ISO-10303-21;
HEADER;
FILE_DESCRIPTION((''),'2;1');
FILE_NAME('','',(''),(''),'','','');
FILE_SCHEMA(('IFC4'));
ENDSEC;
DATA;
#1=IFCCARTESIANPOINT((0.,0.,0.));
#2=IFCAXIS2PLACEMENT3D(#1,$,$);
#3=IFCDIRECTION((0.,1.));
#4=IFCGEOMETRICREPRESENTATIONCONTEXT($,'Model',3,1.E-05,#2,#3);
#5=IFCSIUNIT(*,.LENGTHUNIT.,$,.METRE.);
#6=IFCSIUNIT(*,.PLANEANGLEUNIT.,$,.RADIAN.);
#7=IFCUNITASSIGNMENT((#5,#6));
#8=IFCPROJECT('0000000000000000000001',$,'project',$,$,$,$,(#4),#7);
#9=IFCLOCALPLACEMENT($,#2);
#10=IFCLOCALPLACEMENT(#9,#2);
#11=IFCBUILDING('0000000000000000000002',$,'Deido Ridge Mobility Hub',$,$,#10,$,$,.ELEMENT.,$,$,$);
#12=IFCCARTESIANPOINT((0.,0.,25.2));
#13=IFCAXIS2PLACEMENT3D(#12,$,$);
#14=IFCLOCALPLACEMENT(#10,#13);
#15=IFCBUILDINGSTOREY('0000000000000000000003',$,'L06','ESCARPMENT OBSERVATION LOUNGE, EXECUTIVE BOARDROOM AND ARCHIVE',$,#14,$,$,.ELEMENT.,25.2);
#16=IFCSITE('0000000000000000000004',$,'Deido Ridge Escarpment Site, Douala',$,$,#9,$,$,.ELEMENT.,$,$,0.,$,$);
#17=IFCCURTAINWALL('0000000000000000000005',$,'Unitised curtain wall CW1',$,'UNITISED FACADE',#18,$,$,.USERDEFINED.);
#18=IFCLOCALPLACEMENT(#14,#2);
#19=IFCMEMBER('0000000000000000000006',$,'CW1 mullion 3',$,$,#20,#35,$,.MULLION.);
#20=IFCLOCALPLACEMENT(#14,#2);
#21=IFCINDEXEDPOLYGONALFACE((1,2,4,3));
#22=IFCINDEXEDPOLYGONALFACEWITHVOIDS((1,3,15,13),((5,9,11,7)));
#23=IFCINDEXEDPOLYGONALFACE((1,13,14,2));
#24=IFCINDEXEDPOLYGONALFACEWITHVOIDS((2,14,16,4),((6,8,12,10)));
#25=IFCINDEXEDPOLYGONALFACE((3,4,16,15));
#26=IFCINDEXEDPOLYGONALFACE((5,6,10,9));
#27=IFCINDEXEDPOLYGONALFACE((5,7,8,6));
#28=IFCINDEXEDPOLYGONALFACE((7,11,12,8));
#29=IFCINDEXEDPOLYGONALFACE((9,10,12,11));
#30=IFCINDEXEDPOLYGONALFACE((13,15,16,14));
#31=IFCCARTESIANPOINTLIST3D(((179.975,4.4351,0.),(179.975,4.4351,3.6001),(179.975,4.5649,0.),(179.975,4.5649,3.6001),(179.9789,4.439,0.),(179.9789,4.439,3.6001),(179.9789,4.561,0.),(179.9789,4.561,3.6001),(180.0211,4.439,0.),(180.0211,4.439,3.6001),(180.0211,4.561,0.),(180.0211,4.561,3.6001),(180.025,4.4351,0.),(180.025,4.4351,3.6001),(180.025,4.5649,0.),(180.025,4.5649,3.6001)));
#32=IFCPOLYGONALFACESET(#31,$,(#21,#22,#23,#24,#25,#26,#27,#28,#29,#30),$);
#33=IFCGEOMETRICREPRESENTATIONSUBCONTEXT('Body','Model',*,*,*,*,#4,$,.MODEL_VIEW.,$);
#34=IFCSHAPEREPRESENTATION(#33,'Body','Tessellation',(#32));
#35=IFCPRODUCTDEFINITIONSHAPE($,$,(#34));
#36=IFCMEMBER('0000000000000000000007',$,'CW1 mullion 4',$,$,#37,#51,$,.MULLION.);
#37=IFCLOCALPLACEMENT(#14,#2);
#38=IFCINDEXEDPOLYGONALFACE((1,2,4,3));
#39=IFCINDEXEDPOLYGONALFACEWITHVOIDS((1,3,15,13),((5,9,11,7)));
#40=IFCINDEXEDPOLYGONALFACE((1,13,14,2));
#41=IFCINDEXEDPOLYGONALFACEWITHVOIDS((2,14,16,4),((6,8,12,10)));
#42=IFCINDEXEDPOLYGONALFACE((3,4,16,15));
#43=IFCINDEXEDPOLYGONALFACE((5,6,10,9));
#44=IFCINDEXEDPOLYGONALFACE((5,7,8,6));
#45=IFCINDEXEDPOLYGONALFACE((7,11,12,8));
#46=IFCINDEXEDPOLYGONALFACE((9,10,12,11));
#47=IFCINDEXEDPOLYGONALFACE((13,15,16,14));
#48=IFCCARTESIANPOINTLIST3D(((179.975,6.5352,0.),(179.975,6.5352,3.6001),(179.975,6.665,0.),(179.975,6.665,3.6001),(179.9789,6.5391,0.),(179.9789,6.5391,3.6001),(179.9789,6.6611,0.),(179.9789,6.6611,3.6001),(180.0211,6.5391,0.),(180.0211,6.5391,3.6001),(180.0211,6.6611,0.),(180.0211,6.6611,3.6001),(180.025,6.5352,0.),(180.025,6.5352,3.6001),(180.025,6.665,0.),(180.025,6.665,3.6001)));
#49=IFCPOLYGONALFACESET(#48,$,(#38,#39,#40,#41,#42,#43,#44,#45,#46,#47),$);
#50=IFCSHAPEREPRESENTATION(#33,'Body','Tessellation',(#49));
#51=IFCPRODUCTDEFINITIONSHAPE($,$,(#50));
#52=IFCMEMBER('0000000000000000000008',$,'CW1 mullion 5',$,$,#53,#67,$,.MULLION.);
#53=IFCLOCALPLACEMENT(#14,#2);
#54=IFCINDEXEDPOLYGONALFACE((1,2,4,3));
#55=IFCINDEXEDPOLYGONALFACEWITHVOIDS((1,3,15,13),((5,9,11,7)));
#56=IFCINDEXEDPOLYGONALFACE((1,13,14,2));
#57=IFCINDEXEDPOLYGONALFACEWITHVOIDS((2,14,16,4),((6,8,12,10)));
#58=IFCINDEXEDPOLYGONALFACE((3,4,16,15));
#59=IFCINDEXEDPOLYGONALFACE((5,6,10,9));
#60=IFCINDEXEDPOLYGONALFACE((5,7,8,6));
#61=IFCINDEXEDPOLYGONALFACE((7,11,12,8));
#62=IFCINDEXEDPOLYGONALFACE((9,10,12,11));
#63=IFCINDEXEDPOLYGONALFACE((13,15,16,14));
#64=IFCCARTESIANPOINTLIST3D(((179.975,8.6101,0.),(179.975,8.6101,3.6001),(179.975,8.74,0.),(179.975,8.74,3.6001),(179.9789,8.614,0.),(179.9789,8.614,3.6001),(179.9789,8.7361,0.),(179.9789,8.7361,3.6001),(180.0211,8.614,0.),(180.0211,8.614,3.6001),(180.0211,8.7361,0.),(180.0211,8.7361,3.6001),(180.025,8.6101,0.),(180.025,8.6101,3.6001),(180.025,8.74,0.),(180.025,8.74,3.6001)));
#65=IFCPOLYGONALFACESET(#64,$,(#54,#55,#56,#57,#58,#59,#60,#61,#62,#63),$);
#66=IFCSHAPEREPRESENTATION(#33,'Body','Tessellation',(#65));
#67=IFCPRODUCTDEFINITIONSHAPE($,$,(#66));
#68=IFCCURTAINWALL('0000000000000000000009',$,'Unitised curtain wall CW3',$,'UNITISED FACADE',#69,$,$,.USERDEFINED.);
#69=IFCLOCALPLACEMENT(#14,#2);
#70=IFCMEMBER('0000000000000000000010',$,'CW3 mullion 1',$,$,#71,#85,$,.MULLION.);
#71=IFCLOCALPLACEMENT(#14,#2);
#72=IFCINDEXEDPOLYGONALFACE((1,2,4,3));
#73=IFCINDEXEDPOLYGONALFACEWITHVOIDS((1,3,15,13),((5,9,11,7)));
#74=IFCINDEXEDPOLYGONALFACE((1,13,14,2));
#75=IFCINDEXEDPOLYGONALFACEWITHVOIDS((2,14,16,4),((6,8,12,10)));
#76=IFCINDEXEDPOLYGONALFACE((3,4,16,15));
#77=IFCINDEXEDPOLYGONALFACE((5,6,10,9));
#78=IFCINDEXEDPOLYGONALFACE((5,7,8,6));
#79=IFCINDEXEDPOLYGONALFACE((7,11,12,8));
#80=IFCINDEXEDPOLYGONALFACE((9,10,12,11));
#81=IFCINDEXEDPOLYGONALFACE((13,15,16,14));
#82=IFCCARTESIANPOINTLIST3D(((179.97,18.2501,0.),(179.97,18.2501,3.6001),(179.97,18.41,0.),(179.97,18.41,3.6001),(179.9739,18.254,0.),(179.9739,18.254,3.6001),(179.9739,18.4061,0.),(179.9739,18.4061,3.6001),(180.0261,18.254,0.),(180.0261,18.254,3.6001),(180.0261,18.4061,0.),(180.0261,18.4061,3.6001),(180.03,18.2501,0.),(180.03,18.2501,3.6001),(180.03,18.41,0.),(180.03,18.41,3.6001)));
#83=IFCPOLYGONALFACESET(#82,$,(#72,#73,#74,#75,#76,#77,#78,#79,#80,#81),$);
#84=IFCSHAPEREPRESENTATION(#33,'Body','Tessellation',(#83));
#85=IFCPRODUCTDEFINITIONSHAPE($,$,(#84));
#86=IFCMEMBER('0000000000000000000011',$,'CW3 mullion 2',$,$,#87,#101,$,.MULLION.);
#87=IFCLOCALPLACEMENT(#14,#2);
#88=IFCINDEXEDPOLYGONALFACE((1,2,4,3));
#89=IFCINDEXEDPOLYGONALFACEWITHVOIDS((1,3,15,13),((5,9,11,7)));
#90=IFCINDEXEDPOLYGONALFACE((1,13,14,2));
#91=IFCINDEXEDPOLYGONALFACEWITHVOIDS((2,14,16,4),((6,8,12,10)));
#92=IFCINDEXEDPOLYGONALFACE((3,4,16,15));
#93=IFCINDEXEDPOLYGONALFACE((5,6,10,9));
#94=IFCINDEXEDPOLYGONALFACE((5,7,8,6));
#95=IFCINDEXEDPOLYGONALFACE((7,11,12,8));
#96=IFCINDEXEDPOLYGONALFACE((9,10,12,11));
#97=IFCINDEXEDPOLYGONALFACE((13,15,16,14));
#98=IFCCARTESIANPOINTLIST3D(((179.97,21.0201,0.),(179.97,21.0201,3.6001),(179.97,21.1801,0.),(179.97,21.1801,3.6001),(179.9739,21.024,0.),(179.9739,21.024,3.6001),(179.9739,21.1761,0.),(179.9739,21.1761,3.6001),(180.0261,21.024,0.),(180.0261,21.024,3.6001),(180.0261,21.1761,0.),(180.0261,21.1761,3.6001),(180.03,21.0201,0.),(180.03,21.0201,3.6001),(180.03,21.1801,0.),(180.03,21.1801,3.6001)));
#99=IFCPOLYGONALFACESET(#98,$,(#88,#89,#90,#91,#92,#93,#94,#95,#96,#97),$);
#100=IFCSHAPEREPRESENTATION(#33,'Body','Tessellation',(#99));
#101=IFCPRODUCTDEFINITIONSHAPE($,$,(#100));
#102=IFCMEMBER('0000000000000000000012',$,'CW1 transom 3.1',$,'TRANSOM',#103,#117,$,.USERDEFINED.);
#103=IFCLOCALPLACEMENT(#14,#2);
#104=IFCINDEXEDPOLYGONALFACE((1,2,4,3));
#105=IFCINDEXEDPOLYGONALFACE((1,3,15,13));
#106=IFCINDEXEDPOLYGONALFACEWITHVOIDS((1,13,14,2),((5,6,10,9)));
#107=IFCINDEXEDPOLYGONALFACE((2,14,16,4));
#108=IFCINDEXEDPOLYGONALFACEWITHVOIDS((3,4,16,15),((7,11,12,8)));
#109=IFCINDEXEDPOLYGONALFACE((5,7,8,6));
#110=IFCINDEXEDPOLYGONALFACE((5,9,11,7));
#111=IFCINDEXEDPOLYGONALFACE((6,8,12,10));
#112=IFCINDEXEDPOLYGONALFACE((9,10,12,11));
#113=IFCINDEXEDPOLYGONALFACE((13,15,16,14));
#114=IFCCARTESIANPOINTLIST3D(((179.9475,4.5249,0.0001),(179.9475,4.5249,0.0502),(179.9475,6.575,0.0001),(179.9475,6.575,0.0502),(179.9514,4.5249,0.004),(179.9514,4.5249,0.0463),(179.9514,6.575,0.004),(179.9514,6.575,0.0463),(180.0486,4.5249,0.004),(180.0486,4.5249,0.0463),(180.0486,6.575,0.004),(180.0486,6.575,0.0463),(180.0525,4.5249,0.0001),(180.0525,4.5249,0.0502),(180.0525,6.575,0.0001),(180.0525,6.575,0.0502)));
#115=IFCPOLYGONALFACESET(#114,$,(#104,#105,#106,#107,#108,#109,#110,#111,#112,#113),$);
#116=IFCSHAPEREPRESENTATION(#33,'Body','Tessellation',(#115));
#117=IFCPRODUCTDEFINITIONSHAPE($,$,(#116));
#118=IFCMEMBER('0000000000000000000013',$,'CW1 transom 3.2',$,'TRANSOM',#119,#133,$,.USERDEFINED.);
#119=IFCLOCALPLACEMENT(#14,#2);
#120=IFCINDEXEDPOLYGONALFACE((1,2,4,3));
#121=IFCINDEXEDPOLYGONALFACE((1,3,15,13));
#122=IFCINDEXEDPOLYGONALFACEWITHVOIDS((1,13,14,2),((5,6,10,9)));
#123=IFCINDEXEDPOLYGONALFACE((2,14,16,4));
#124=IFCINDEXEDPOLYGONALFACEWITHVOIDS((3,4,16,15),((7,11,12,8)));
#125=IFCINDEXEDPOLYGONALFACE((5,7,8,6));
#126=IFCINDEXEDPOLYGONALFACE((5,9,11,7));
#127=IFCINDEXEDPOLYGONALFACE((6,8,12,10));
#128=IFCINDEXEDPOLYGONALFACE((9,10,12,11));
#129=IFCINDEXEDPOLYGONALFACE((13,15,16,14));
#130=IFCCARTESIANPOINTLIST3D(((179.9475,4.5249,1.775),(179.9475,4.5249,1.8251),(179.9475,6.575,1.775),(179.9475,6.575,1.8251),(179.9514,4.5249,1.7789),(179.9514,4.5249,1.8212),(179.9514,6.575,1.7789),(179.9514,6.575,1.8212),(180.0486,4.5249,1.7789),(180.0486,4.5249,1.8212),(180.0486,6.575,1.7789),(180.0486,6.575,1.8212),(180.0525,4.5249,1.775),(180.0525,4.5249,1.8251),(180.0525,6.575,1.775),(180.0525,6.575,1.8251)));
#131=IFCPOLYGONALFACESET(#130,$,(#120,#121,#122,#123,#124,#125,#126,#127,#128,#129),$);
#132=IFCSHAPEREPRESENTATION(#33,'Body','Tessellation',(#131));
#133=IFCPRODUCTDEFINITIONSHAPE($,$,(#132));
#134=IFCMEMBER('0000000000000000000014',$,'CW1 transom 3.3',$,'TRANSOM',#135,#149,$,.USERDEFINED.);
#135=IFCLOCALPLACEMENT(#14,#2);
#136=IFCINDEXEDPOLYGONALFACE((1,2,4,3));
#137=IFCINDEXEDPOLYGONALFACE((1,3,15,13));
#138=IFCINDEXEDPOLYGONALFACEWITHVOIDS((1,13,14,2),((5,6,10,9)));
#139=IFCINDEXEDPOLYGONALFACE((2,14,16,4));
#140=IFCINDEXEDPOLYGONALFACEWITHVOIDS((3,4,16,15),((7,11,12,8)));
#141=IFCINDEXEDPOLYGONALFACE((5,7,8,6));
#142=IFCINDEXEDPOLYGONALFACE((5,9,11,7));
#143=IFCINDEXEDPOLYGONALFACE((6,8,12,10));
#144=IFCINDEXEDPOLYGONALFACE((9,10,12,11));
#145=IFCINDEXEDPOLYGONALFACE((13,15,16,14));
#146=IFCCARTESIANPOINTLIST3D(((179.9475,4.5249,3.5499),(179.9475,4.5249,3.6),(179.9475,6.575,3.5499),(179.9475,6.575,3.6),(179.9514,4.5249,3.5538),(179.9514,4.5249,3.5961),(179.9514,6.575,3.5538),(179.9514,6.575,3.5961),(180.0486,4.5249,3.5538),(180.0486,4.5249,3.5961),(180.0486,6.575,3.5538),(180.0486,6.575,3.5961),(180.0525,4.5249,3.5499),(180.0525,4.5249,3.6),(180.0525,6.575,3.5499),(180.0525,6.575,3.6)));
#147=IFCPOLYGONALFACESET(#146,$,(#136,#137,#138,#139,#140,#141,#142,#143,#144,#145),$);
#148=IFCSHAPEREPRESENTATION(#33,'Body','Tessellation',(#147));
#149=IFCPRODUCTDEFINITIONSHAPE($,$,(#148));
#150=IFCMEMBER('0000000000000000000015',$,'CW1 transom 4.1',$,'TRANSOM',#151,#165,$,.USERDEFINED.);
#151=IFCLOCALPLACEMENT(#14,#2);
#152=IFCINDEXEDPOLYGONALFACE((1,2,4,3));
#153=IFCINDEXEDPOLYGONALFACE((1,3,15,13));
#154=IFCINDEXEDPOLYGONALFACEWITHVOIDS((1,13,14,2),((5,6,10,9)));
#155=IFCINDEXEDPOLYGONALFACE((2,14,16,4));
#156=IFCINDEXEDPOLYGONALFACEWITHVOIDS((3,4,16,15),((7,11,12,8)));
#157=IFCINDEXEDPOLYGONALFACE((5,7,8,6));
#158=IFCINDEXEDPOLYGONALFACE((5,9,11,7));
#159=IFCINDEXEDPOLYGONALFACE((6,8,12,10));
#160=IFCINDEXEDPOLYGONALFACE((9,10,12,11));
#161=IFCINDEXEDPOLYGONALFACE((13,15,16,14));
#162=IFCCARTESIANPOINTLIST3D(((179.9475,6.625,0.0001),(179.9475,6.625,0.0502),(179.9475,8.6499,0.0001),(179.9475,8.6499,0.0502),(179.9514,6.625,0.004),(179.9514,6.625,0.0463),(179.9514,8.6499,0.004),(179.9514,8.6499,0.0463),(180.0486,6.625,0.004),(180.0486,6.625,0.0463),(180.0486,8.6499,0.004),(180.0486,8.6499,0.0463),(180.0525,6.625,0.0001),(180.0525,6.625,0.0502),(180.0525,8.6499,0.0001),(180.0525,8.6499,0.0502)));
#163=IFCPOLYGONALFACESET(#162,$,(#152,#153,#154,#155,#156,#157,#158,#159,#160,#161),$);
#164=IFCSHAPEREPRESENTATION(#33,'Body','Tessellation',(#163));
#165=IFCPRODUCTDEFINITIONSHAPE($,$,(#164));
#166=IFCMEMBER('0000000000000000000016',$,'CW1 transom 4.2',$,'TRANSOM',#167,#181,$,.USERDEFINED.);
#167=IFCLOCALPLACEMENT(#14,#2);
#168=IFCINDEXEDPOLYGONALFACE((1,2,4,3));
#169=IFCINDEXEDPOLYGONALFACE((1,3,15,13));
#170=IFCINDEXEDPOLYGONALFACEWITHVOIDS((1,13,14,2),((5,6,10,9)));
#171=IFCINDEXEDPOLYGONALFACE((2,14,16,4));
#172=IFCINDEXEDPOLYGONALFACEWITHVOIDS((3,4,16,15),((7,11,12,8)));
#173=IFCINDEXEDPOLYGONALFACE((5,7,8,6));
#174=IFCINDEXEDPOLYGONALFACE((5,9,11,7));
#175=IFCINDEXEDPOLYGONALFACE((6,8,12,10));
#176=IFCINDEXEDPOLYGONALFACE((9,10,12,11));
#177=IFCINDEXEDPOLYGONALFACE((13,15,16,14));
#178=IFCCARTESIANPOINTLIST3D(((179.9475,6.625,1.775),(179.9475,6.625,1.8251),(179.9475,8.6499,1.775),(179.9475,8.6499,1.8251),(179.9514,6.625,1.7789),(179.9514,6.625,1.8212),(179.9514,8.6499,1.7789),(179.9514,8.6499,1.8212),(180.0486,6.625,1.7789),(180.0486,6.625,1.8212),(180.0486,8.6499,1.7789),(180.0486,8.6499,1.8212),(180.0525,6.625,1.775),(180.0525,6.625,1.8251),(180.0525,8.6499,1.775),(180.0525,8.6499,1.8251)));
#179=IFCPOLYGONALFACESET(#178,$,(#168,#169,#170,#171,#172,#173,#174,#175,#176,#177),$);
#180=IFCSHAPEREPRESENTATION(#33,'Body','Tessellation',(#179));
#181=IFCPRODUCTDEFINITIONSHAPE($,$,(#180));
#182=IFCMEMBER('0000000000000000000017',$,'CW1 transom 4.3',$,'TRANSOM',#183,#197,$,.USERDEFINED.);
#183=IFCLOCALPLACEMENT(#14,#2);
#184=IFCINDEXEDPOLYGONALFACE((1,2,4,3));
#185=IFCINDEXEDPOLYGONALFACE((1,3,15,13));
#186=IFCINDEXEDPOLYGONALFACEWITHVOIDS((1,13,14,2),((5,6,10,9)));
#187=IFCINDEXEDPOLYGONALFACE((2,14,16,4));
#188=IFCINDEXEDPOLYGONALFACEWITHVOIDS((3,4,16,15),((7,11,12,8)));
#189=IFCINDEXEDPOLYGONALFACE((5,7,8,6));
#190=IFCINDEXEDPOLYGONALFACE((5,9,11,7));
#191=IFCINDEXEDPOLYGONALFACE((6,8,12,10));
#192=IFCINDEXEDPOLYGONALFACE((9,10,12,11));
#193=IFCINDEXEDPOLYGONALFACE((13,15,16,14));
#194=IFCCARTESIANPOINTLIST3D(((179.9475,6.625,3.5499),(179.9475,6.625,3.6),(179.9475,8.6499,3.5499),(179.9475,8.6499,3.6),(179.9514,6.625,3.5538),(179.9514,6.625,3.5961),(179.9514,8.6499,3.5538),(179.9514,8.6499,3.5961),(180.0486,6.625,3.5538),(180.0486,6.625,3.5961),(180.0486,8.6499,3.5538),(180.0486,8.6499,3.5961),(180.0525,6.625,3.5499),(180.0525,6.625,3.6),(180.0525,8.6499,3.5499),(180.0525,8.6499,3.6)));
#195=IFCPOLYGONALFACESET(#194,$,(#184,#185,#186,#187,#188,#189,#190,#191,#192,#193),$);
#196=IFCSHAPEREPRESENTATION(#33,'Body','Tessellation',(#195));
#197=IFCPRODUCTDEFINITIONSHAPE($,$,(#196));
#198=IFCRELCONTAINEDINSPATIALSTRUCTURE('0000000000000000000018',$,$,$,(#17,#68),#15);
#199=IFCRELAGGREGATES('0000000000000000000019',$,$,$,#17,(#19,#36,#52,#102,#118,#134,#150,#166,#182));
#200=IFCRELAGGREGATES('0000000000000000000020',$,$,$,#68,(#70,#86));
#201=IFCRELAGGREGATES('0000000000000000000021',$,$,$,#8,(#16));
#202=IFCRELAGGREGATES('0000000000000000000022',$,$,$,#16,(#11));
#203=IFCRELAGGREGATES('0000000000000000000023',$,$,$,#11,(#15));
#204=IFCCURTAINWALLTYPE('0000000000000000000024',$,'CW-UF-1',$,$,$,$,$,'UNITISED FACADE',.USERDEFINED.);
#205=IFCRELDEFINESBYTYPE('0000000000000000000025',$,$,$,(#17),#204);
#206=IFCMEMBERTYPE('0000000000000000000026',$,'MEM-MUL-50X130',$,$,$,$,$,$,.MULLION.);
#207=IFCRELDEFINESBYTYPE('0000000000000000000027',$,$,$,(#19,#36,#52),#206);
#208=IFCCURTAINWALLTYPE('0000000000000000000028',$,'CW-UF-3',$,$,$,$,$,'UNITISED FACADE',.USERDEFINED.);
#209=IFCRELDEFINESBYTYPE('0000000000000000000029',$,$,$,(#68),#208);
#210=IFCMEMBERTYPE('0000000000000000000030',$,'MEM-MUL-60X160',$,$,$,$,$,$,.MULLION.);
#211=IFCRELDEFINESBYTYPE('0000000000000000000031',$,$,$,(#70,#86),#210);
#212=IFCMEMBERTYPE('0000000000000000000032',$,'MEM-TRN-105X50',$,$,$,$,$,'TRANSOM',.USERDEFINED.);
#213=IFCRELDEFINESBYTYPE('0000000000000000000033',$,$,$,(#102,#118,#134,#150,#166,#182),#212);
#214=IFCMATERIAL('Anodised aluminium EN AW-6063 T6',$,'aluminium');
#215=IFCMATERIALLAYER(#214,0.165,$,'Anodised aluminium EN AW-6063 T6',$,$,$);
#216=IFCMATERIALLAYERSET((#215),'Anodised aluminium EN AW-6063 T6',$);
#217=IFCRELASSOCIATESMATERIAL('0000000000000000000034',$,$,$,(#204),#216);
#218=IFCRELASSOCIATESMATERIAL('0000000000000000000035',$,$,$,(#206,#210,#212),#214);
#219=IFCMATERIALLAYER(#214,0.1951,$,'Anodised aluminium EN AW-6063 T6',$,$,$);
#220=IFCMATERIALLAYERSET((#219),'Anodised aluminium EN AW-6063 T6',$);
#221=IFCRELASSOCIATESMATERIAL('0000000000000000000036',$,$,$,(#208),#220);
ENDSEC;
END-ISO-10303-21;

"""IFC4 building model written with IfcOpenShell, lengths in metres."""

from ifc_helpers import new_model, si_unit, direction, frame, origin, origin_2d, place, context, subcontext, project, spatial, hollow_rectangle, extrude, material, layer, layer_set, material_profile, profile_set, type_object, element, aggregate, save


model = new_model("IFC4")

# Units and contexts
model_context = context("Model", 3, precision=1e-05, world=origin(), true_north=direction((0.0, 1.0)))
body_context = subcontext(model_context, "Body", "Model", "MODEL_VIEW")
ifc_project = project(units=[si_unit("LENGTHUNIT", "METRE"), si_unit("PLANEANGLEUNIT", "RADIAN")], contexts=[model_context])

# Site, building, storey
site_placement = place(None, origin())
site = spatial("IfcSite", under=ifc_project, at=site_placement, Name="Deido Ridge Escarpment Site, Douala", CompositionType="ELEMENT", RefElevation=0.0)
building_placement = place(site_placement, origin())
building = spatial("IfcBuilding", under=site, at=building_placement, Name="Deido Ridge Mobility Hub", CompositionType="ELEMENT")
storey_placement = place(building_placement, frame((0.0, 0.0, 25.2)))
storey = spatial("IfcBuildingStorey", under=building, at=storey_placement, Name="L06", Description="ESCARPMENT OBSERVATION LOUNGE, EXECUTIVE BOARDROOM AND ARCHIVE", CompositionType="ELEMENT", Elevation=25.2)

# Curtain walls, members
ifc_material_1 = material(Name="Anodised aluminium EN AW-6063 T6", Category="aluminium")
ifc_layer_1 = layer(ifc_material_1, 0.165, Name="Anodised aluminium EN AW-6063 T6")
ifc_layer_set_1 = layer_set([ifc_layer_1], Name="Anodised aluminium EN AW-6063 T6")
curtain_wall_type_1 = type_object("IfcCurtainWallType", Name="CW-UF-1", ElementType="UNITISED FACADE", PredefinedType="USERDEFINED", material=ifc_layer_set_1)
curtain_wall_1_placement = place(storey_placement, origin())
curtain_wall_1 = element("IfcCurtainWall", 1, at=curtain_wall_1_placement, inside=storey, type_object=curtain_wall_type_1, Name="Unitised curtain wall CW1", ObjectType="UNITISED FACADE", PredefinedType="USERDEFINED")
ifc_material_profile_1 = material_profile(ifc_material_1, hollow_rectangle(XDim=0.05, YDim=0.1299, WallThickness=0.0039, at=origin_2d()), Name="RHS 50x130x4")
ifc_profile_set_1 = profile_set([ifc_material_profile_1], Name="Anodised aluminium EN AW-6063 T6")
member_type_1 = type_object("IfcMemberType", Name="MEM-MUL-50X130", PredefinedType="MULLION", material=ifc_profile_set_1)
member_1_placement = place(storey_placement, frame((180.0, 4.5, 0.0), z_axis=(0.0, 0.0, 1.0), x_axis=(-1.0, 0.0, 0.0)))
member_1 = element("IfcMember", 2, at=member_1_placement, type_object=member_type_1, Name="CW1 mullion 3", PredefinedType="MULLION", context=body_context, shape_type="SweptSolid", body=[
    extrude(hollow_rectangle(XDim=0.05, YDim=0.1299, WallThickness=0.0039, at=origin_2d()), origin(), (0.0, 0.0, 1.0), 3.6001),
])
member_2_placement = place(storey_placement, frame((180.0, 6.6001, 0.0), z_axis=(0.0, 0.0, 1.0), x_axis=(-1.0, 0.0, 0.0)))
member_2 = element("IfcMember", 3, at=member_2_placement, type_object=member_type_1, Name="CW1 mullion 4", PredefinedType="MULLION", context=body_context, shape_type="SweptSolid", body=[
    extrude(hollow_rectangle(XDim=0.05, YDim=0.1299, WallThickness=0.0039, at=origin_2d()), origin(), (0.0, 0.0, 1.0), 3.6001),
])
member_3_placement = place(storey_placement, frame((180.0, 8.675, 0.0), z_axis=(0.0, 0.0, 1.0), x_axis=(-1.0, 0.0, 0.0)))
member_3 = element("IfcMember", 4, at=member_3_placement, type_object=member_type_1, Name="CW1 mullion 5", PredefinedType="MULLION", context=body_context, shape_type="SweptSolid", body=[
    extrude(hollow_rectangle(XDim=0.05, YDim=0.1299, WallThickness=0.0039, at=origin_2d()), origin(), (0.0, 0.0, 1.0), 3.6001),
])
ifc_layer_2 = layer(ifc_material_1, 0.1951, Name="Anodised aluminium EN AW-6063 T6")
ifc_layer_set_2 = layer_set([ifc_layer_2], Name="Anodised aluminium EN AW-6063 T6")
curtain_wall_type_2 = type_object("IfcCurtainWallType", Name="CW-UF-3", ElementType="UNITISED FACADE", PredefinedType="USERDEFINED", material=ifc_layer_set_2)
curtain_wall_2_placement = place(storey_placement, origin())
curtain_wall_2 = element("IfcCurtainWall", 5, at=curtain_wall_2_placement, inside=storey, type_object=curtain_wall_type_2, Name="Unitised curtain wall CW3", ObjectType="UNITISED FACADE", PredefinedType="USERDEFINED")
ifc_material_profile_2 = material_profile(ifc_material_1, hollow_rectangle(XDim=0.0601, YDim=0.1599, WallThickness=0.0039, at=origin_2d()), Name="RHS 60x160x4")
ifc_profile_set_2 = profile_set([ifc_material_profile_2], Name="Anodised aluminium EN AW-6063 T6")
member_type_2 = type_object("IfcMemberType", Name="MEM-MUL-60X160", PredefinedType="MULLION", material=ifc_profile_set_2)
member_4_placement = place(storey_placement, frame((180.0, 18.3301, 0.0), z_axis=(0.0, 0.0, 1.0), x_axis=(-1.0, 0.0, 0.0)))
member_4 = element("IfcMember", 6, at=member_4_placement, type_object=member_type_2, Name="CW3 mullion 1", PredefinedType="MULLION", context=body_context, shape_type="SweptSolid", body=[
    extrude(hollow_rectangle(XDim=0.0601, YDim=0.1599, WallThickness=0.0039, at=origin_2d()), origin(), (0.0, 0.0, 1.0), 3.6001),
])
member_5_placement = place(storey_placement, frame((180.0, 21.1001, 0.0), z_axis=(0.0, 0.0, 1.0), x_axis=(-1.0, 0.0, 0.0)))
member_5 = element("IfcMember", 7, at=member_5_placement, type_object=member_type_2, Name="CW3 mullion 2", PredefinedType="MULLION", context=body_context, shape_type="SweptSolid", body=[
    extrude(hollow_rectangle(XDim=0.0601, YDim=0.1599, WallThickness=0.0039, at=origin_2d()), origin(), (0.0, 0.0, 1.0), 3.6001),
])

# Members
ifc_material_profile_3 = material_profile(ifc_material_1, hollow_rectangle(XDim=0.105, YDim=0.05, WallThickness=0.0039, at=origin_2d()), Name="RHS 105x50x4")
ifc_profile_set_3 = profile_set([ifc_material_profile_3], Name="Anodised aluminium EN AW-6063 T6")
member_type_3 = type_object("IfcMemberType", Name="MEM-TRN-105X50", ElementType="TRANSOM", PredefinedType="USERDEFINED", material=ifc_profile_set_3)
member_6_placement = place(storey_placement, frame((180.0, 4.5249, 0.0251), z_axis=(0.0, 1.0, 0.0), x_axis=(-1.0, 0.0, 0.0)))
member_6 = element("IfcMember", 8, at=member_6_placement, type_object=member_type_3, Name="CW1 transom 3.1", ObjectType="TRANSOM", PredefinedType="USERDEFINED", context=body_context, shape_type="SweptSolid", body=[
    extrude(hollow_rectangle(XDim=0.105, YDim=0.05, WallThickness=0.0039, at=origin_2d()), origin(), (0.0, 0.0, 1.0), 2.05),
])
member_7_placement = place(storey_placement, frame((180.0, 4.5249, 1.8), z_axis=(0.0, 1.0, 0.0), x_axis=(-1.0, 0.0, 0.0)))
member_7 = element("IfcMember", 9, at=member_7_placement, type_object=member_type_3, Name="CW1 transom 3.2", ObjectType="TRANSOM", PredefinedType="USERDEFINED", context=body_context, shape_type="SweptSolid", body=[
    extrude(hollow_rectangle(XDim=0.105, YDim=0.05, WallThickness=0.0039, at=origin_2d()), origin(), (0.0, 0.0, 1.0), 2.05),
])
member_8_placement = place(storey_placement, frame((180.0, 4.5249, 3.575), z_axis=(0.0, 1.0, 0.0), x_axis=(-1.0, 0.0, 0.0)))
member_8 = element("IfcMember", 10, at=member_8_placement, type_object=member_type_3, Name="CW1 transom 3.3", ObjectType="TRANSOM", PredefinedType="USERDEFINED", context=body_context, shape_type="SweptSolid", body=[
    extrude(hollow_rectangle(XDim=0.105, YDim=0.05, WallThickness=0.0039, at=origin_2d()), origin(), (0.0, 0.0, 1.0), 2.05),
])
member_9_placement = place(storey_placement, frame((180.0, 6.625, 0.0251), z_axis=(0.0, 1.0, 0.0), x_axis=(-1.0, 0.0, 0.0)))
member_9 = element("IfcMember", 11, at=member_9_placement, type_object=member_type_3, Name="CW1 transom 4.1", ObjectType="TRANSOM", PredefinedType="USERDEFINED", context=body_context, shape_type="SweptSolid", body=[
    extrude(hollow_rectangle(XDim=0.105, YDim=0.05, WallThickness=0.0039, at=origin_2d()), origin(), (0.0, 0.0, 1.0), 2.0249),
])
member_10_placement = place(storey_placement, frame((180.0, 6.625, 1.8), z_axis=(0.0, 1.0, 0.0), x_axis=(-1.0, 0.0, 0.0)))
member_10 = element("IfcMember", 12, at=member_10_placement, type_object=member_type_3, Name="CW1 transom 4.2", ObjectType="TRANSOM", PredefinedType="USERDEFINED", context=body_context, shape_type="SweptSolid", body=[
    extrude(hollow_rectangle(XDim=0.105, YDim=0.05, WallThickness=0.0039, at=origin_2d()), origin(), (0.0, 0.0, 1.0), 2.0249),
])
member_11_placement = place(storey_placement, frame((180.0, 6.625, 3.575), z_axis=(0.0, 1.0, 0.0), x_axis=(-1.0, 0.0, 0.0)))
member_11 = element("IfcMember", 13, at=member_11_placement, type_object=member_type_3, Name="CW1 transom 4.3", ObjectType="TRANSOM", PredefinedType="USERDEFINED", context=body_context, shape_type="SweptSolid", body=[
    extrude(hollow_rectangle(XDim=0.105, YDim=0.05, WallThickness=0.0039, at=origin_2d()), origin(), (0.0, 0.0, 1.0), 2.0249),
])

aggregate(curtain_wall_1, [member_1, member_2, member_3, member_6, member_7, member_8, member_9, member_10, member_11])
aggregate(curtain_wall_2, [member_4, member_5])

save(model, "model.ifc")
